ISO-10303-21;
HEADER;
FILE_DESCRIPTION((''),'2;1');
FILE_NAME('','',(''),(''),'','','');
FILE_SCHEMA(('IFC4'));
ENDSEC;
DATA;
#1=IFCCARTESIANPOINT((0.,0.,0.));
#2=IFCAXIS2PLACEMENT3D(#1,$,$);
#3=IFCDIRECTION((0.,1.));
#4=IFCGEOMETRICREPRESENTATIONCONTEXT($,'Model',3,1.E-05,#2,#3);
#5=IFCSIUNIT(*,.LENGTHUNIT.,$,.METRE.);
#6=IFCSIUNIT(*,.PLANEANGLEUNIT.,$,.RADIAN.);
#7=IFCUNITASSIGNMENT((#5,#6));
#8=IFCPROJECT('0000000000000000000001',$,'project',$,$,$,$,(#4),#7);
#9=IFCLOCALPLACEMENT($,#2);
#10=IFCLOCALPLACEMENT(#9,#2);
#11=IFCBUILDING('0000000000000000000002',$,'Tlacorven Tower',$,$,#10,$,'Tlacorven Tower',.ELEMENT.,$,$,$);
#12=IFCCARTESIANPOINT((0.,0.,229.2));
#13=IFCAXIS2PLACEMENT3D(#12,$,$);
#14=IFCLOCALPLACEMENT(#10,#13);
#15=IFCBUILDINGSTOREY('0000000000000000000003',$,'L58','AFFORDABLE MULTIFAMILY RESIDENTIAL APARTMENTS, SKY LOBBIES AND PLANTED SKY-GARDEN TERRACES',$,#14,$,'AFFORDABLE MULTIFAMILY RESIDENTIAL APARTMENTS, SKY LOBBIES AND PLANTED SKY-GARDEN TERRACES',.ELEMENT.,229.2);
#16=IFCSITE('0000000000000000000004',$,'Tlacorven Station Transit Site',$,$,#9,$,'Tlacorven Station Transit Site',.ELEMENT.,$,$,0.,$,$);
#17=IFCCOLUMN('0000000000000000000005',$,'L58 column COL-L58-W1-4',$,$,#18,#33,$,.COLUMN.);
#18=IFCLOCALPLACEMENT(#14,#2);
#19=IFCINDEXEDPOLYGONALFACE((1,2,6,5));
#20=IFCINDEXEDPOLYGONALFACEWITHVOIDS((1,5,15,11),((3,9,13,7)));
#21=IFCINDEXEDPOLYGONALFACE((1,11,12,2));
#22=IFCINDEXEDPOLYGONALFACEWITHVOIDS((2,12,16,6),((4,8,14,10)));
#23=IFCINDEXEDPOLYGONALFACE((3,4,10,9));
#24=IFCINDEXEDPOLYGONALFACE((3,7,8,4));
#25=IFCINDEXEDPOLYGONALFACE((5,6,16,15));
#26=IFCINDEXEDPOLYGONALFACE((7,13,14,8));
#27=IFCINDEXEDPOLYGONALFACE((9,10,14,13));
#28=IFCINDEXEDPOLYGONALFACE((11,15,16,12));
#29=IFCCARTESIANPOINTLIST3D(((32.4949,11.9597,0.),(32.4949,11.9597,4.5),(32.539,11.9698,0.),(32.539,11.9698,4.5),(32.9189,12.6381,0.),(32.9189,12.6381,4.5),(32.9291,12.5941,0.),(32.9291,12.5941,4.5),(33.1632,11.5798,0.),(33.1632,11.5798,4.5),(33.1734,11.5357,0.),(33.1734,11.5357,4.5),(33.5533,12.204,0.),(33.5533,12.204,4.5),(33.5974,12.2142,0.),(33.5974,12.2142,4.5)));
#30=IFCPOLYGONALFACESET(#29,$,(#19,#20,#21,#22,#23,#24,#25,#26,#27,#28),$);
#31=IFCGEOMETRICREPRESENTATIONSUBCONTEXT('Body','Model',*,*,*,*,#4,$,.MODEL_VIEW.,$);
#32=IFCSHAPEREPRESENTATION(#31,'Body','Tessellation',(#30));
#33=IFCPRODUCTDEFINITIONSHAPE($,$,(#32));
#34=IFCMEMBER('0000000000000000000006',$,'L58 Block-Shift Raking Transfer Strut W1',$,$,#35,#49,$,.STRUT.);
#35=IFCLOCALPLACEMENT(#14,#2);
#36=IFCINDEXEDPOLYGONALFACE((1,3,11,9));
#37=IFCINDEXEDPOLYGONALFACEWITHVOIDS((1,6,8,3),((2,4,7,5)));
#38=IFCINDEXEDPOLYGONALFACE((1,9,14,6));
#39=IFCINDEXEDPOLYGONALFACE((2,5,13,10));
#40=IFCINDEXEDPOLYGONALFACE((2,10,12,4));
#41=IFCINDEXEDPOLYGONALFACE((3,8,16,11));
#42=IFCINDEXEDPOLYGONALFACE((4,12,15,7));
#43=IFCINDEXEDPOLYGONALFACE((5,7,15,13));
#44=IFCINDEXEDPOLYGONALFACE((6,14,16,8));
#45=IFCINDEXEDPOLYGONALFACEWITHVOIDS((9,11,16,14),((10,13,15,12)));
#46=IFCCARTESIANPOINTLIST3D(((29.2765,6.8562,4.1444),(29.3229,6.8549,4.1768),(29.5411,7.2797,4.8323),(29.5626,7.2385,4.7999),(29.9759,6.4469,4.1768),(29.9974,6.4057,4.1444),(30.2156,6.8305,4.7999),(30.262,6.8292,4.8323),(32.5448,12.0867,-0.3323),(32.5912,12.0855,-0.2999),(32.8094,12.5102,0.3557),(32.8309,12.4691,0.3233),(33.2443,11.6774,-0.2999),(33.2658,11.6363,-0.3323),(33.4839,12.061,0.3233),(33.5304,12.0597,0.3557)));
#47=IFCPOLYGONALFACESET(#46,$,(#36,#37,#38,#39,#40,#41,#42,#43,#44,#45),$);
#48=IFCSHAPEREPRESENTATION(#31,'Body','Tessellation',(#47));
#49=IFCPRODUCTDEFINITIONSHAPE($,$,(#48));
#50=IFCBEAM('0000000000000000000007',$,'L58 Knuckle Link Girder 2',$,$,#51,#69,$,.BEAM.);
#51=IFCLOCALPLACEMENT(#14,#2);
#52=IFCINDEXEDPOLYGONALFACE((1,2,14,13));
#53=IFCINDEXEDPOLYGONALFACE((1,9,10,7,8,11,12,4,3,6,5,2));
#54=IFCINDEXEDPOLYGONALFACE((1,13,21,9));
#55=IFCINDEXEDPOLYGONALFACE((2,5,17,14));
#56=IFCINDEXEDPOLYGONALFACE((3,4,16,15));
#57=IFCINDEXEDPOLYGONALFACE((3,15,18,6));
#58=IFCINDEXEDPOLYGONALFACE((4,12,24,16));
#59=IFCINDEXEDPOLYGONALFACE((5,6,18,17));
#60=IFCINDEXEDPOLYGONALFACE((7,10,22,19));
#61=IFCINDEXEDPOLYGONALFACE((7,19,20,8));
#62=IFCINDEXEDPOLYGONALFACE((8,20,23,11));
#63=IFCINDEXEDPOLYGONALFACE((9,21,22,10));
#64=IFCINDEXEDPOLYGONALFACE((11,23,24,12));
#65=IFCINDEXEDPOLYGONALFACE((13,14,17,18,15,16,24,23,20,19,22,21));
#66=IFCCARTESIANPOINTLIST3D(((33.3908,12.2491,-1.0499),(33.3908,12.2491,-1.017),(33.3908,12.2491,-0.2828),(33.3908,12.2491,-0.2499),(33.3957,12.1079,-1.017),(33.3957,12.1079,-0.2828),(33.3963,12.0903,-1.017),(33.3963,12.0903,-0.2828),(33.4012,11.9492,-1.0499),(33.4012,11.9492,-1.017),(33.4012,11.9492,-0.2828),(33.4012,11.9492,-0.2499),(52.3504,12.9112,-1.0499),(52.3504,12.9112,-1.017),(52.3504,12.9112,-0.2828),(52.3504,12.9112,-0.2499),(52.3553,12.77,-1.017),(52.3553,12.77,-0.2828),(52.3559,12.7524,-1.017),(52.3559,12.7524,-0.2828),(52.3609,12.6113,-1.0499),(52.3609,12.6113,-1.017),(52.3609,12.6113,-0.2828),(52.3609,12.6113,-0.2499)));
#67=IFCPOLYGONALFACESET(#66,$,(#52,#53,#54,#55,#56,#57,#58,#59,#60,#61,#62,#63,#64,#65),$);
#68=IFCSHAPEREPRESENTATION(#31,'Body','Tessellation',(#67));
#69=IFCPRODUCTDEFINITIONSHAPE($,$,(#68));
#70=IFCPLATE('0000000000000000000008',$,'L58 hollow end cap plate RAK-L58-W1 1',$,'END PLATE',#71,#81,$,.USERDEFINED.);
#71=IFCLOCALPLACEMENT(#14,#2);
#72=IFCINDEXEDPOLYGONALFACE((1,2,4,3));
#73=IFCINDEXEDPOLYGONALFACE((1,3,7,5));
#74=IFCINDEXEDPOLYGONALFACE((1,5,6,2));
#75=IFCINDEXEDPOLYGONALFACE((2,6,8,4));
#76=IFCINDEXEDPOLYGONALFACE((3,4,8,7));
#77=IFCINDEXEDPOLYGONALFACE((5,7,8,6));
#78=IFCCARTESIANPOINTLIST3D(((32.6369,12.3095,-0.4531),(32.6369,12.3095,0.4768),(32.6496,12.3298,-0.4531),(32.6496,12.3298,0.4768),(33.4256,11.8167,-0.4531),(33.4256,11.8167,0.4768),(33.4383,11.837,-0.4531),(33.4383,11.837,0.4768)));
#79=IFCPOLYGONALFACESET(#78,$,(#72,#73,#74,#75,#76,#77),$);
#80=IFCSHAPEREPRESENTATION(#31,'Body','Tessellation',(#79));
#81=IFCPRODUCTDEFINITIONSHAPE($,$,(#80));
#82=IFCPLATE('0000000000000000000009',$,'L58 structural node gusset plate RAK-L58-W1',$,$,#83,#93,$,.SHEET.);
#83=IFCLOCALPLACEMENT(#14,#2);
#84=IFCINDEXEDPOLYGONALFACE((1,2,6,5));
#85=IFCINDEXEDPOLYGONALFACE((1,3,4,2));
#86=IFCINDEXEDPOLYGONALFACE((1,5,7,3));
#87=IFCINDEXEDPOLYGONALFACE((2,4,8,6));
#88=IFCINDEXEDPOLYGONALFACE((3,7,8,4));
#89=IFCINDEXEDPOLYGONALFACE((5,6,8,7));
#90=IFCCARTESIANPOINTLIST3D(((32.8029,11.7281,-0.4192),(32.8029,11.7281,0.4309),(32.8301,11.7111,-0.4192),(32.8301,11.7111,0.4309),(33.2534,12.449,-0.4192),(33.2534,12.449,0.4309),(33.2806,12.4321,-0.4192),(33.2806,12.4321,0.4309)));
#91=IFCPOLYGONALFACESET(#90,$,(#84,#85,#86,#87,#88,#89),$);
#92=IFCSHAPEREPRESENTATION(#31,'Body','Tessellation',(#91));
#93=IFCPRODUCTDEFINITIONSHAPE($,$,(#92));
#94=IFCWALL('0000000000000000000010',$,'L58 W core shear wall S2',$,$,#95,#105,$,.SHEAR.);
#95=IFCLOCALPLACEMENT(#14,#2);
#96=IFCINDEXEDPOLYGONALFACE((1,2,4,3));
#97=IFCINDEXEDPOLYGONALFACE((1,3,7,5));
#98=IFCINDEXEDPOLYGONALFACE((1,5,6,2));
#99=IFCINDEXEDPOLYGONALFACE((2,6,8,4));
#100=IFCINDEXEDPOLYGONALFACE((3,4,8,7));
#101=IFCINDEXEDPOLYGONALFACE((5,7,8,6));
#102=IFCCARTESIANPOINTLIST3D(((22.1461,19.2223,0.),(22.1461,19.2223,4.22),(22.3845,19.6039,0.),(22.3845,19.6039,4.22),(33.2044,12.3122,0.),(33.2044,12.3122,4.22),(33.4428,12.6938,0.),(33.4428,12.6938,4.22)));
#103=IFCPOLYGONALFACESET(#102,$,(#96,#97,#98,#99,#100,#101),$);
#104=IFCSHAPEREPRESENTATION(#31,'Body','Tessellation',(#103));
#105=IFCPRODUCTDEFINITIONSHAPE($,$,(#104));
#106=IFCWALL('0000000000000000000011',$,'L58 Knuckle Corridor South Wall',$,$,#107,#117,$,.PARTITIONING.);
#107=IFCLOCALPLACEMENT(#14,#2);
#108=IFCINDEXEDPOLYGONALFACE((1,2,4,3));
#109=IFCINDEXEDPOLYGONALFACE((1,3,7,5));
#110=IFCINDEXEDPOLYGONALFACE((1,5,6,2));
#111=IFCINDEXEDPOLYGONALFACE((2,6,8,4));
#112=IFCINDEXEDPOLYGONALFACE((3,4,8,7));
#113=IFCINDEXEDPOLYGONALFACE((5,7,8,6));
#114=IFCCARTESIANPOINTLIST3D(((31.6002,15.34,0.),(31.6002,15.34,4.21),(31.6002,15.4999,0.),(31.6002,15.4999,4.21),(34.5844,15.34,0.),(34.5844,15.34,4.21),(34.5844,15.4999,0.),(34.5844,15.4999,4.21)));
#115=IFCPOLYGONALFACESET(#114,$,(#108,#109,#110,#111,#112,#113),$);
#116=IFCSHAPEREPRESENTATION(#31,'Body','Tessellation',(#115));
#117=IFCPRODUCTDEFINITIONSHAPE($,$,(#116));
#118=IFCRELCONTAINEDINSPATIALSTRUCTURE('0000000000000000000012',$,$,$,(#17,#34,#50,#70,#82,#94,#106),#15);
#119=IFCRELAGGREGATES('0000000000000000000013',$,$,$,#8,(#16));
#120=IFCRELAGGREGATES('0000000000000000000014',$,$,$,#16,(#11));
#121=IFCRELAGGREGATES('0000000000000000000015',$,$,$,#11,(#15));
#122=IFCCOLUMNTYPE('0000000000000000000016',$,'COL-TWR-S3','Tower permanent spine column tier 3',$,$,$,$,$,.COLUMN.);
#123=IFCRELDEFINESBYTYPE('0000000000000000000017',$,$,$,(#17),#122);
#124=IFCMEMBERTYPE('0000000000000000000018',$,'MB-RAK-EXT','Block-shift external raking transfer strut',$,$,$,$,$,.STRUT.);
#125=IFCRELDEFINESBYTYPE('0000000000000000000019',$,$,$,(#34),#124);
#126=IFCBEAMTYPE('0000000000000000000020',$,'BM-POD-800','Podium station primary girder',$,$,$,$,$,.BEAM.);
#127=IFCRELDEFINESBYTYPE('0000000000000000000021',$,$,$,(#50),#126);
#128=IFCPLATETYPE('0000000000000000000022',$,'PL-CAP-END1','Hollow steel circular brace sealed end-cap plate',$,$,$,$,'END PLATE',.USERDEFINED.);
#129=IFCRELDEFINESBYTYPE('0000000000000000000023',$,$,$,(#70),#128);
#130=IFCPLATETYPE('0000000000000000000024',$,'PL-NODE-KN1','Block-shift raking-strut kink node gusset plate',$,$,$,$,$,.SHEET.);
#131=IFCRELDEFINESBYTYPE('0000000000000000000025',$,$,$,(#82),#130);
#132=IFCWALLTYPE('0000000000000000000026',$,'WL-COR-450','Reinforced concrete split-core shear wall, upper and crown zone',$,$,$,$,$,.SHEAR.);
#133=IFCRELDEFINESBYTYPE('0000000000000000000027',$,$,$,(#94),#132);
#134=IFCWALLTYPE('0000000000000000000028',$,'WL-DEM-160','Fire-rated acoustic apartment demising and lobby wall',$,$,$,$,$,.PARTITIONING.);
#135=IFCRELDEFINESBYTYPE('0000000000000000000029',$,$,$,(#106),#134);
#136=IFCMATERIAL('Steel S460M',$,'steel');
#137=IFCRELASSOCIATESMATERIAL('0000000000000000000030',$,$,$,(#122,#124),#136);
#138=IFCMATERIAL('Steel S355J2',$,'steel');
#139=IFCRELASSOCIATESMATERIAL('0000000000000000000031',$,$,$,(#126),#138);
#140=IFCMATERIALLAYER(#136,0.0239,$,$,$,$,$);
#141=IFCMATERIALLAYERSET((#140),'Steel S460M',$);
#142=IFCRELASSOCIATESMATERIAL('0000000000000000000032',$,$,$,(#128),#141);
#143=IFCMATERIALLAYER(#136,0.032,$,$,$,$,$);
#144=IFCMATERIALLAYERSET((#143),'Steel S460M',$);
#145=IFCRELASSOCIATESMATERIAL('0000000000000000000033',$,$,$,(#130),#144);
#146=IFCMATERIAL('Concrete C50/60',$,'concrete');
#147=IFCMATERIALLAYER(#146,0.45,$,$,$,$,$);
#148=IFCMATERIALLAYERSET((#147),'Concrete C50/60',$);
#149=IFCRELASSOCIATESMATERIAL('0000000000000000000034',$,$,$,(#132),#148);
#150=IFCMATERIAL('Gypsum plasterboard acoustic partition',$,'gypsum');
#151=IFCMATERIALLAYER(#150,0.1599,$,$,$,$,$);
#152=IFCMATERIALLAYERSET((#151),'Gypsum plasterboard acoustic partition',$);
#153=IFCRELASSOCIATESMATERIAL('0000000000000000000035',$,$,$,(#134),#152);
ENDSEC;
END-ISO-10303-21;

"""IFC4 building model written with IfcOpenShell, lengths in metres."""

from ifc_helpers import new_model, si_unit, direction, frame, frame_2d, origin, origin_2d, place, context, subcontext, project, spatial, rectangle, hollow_rectangle, i_section, extrude, source, transform, mapped, material, layer, layer_set, material_profile, profile_set, type_object, element, save


model = new_model("IFC4")

# Units and contexts
model_context = context("Model", 3, precision=1e-05, world=origin(), true_north=direction((0.0, 1.0)))
body_context = subcontext(model_context, "Body", "Model", "MODEL_VIEW")
ifc_project = project(units=[si_unit("LENGTHUNIT", "METRE"), si_unit("PLANEANGLEUNIT", "RADIAN")], contexts=[model_context])

# Site, building, storey
site_placement = place(None, origin())
site = spatial("IfcSite", under=ifc_project, at=site_placement, Name="Tlacorven Station Transit Site", LongName="Tlacorven Station Transit Site", CompositionType="ELEMENT", RefElevation=0.0)
building_placement = place(site_placement, origin())
building = spatial("IfcBuilding", under=site, at=building_placement, Name="Tlacorven Tower", LongName="Tlacorven Tower", CompositionType="ELEMENT")
storey_placement = place(building_placement, frame((0.0, 0.0, 229.2)))
storey = spatial("IfcBuildingStorey", under=building, at=storey_placement, Name="L58", Description="AFFORDABLE MULTIFAMILY RESIDENTIAL APARTMENTS, SKY LOBBIES AND PLANTED SKY-GARDEN TERRACES", LongName="AFFORDABLE MULTIFAMILY RESIDENTIAL APARTMENTS, SKY LOBBIES AND PLANTED SKY-GARDEN TERRACES", CompositionType="ELEMENT", Elevation=229.2)

# Column
ifc_material_1 = material(Name="Steel S460M", Category="steel")
ifc_material_profile_1 = material_profile(ifc_material_1, hollow_rectangle(XDim=0.8, YDim=0.8, WallThickness=0.032, at=origin_2d()), Name="BOX 800X800X32")
ifc_profile_set_1 = profile_set([ifc_material_profile_1], Name="Steel S460M")
column_type = type_object("IfcColumnType", Name="COL-TWR-S3", Description="Tower permanent spine column tier 3", PredefinedType="COLUMN", material=ifc_profile_set_1)
shared_shape_1 = source(origin(), body_context, "Body", "SweptSolid", [
    extrude(hollow_rectangle(XDim=0.8, YDim=0.8, WallThickness=0.032, at=origin_2d()), origin(), (0.0, 0.0, 1.0), 4.5),
])
column_placement = place(storey_placement, frame((33.0461, 12.0869, 0.0), z_axis=(0.0, 0.0, 1.0), x_axis=(-0.848048, 0.529919, 0.0)))
element("IfcColumn", 1, at=column_placement, inside=storey, type_object=column_type, Name="L58 column COL-L58-W1-4", PredefinedType="COLUMN", context=body_context, shape_type="MappedRepresentation", body=[
    mapped(shared_shape_1, transform((0.0, 0.0, 0.0), scale=1.0)),
])

# Member
ifc_material_profile_2 = material_profile(ifc_material_1, hollow_rectangle(XDim=0.8501, YDim=0.8501, WallThickness=0.04, at=origin_2d()), Name="BOX 850X850X40")
ifc_profile_set_2 = profile_set([ifc_material_profile_2], Name="Steel S460M")
member_type = type_object("IfcMemberType", Name="MB-RAK-EXT", Description="Block-shift external raking transfer strut", PredefinedType="STRUT", material=ifc_profile_set_2)
shared_shape_2 = source(origin(), body_context, "Body", "SweptSolid", [
    extrude(hollow_rectangle(XDim=0.8501, YDim=0.8501, WallThickness=0.04, at=origin_2d()), origin(), (0.0, 0.0, 1.0), 7.6211),
])
member_placement = place(storey_placement, frame((33.0376, 12.0732, 0.0117), z_axis=(-0.428857, -0.686325, 0.5874), x_axis=(0.848052, -0.529914, 0.0)))
element("IfcMember", 2, at=member_placement, inside=storey, type_object=member_type, Name="L58 Block-Shift Raking Transfer Strut W1", PredefinedType="STRUT", context=body_context, shape_type="MappedRepresentation", body=[
    mapped(shared_shape_2, transform((0.0, 0.0, 0.0), scale=1.0)),
])

# Beam
ifc_material_2 = material(Name="Steel S355J2", Category="steel")
ifc_material_profile_3 = material_profile(ifc_material_2, i_section(OverallWidth=0.3, OverallDepth=0.8, WebThickness=0.0176, FlangeThickness=0.033, at=origin_2d()), Name="HEB 800")
ifc_profile_set_3 = profile_set([ifc_material_profile_3], Name="Steel S355J2")
beam_type = type_object("IfcBeamType", Name="BM-POD-800", Description="Podium station primary girder", PredefinedType="BEAM", material=ifc_profile_set_3)
shared_shape_3 = source(origin(), body_context, "Body", "SweptSolid", [
    extrude(i_section(OverallWidth=0.3, OverallDepth=0.8, WebThickness=0.0176, FlangeThickness=0.033, at=origin_2d()), origin(), (0.0, 0.0, 1.0), 18.9712),
])
beam_placement = place(storey_placement, frame((33.396, 12.0991, -0.6499), z_axis=(0.999391, 0.034901, 0.0), x_axis=(-0.034901, 0.999391, 0.0)))
element("IfcBeam", 3, at=beam_placement, inside=storey, type_object=beam_type, Name="L58 Knuckle Link Girder 2", PredefinedType="BEAM", context=body_context, shape_type="MappedRepresentation", body=[
    mapped(shared_shape_3, transform((0.0, 0.0, 0.0), scale=1.0)),
])

# Plates
ifc_layer_1 = layer(ifc_material_1, 0.0239)
ifc_layer_set_1 = layer_set([ifc_layer_1], Name="Steel S460M")
plate_type_1 = type_object("IfcPlateType", Name="PL-CAP-END1", Description="Hollow steel circular brace sealed end-cap plate", ElementType="END PLATE", PredefinedType="USERDEFINED", material=ifc_layer_set_1)
shared_shape_4 = source(origin(), body_context, "Body", "SweptSolid", [
    extrude(rectangle(XDim=0.0239, YDim=0.9299, at=origin_2d()), origin(), (0.0, 0.0, 1.0), 0.9299),
])
plate_1_placement = place(storey_placement, frame((33.0376, 12.0732, -0.4531), z_axis=(0.0, 0.0, 1.0), x_axis=(-0.529919, -0.848048, 0.0)))
element("IfcPlate", 4, at=plate_1_placement, inside=storey, type_object=plate_type_1, Name="L58 hollow end cap plate RAK-L58-W1 1", ObjectType="END PLATE", PredefinedType="USERDEFINED", context=body_context, shape_type="MappedRepresentation", body=[
    mapped(shared_shape_4, transform((0.0, 0.0, 0.0), scale=1.0)),
])
ifc_layer_2 = layer(ifc_material_1, 0.032)
ifc_layer_set_2 = layer_set([ifc_layer_2], Name="Steel S460M")
plate_type_2 = type_object("IfcPlateType", Name="PL-NODE-KN1", Description="Block-shift raking-strut kink node gusset plate", PredefinedType="SHEET", material=ifc_layer_set_2)
shared_shape_5 = source(origin(), body_context, "Body", "SweptSolid", [
    extrude(rectangle(XDim=0.8501, YDim=0.032, at=origin_2d()), origin(), (0.0, 0.0, 1.0), 0.8501),
])
plate_2_placement = place(storey_placement, frame((33.0417, 12.0801, -0.4192), z_axis=(0.0, 0.0, 1.0), x_axis=(-0.529919, -0.848048, 0.0)))
element("IfcPlate", 5, at=plate_2_placement, inside=storey, type_object=plate_type_2, Name="L58 structural node gusset plate RAK-L58-W1", PredefinedType="SHEET", context=body_context, shape_type="MappedRepresentation", body=[
    mapped(shared_shape_5, transform((0.0, 0.0, 0.0), scale=1.0)),
])

# Walls
ifc_material_3 = material(Name="Concrete C50/60", Category="concrete")
ifc_layer_3 = layer(ifc_material_3, 0.45)
ifc_layer_set_3 = layer_set([ifc_layer_3], Name="Concrete C50/60")
wall_type_1 = type_object("IfcWallType", Name="WL-COR-450", Description="Reinforced concrete split-core shear wall, upper and crown zone", PredefinedType="SHEAR", material=ifc_layer_set_3)
wall_1_placement = place(storey_placement, frame((33.3237, 12.5029, 0.0), z_axis=(0.0, 0.0, 1.0), x_axis=(-0.848044, 0.529927, 0.0)))
element("IfcWall", 6, at=wall_1_placement, inside=storey, type_object=wall_type_1, Name="L58 W core shear wall S2", PredefinedType="SHEAR", context=body_context, shape_type="SweptSolid", body=[
    extrude(rectangle(XDim=13.0398, YDim=0.45, at=frame_2d((6.52, 0.0))), origin(), (0.0, 0.0, 1.0), 4.22),
])
ifc_material_4 = material(Name="Gypsum plasterboard acoustic partition", Category="gypsum")
ifc_layer_4 = layer(ifc_material_4, 0.1599)
ifc_layer_set_4 = layer_set([ifc_layer_4], Name="Gypsum plasterboard acoustic partition")
wall_type_2 = type_object("IfcWallType", Name="WL-DEM-160", Description="Fire-rated acoustic apartment demising and lobby wall", PredefinedType="PARTITIONING", material=ifc_layer_set_4)
wall_2_placement = place(storey_placement, frame((31.6001, 15.4199, 0.0), z_axis=(0.0, 0.0, 1.0), x_axis=(1.0, 0.0, 0.0)))
element("IfcWall", 7, at=wall_2_placement, inside=storey, type_object=wall_type_2, Name="L58 Knuckle Corridor South Wall", PredefinedType="PARTITIONING", context=body_context, shape_type="SweptSolid", body=[
    extrude(rectangle(XDim=2.9841, YDim=0.1599, at=frame_2d((1.4922, 0.0))), origin(), (0.0, 0.0, 1.0), 4.21),
])

save(model, "model.ifc")
